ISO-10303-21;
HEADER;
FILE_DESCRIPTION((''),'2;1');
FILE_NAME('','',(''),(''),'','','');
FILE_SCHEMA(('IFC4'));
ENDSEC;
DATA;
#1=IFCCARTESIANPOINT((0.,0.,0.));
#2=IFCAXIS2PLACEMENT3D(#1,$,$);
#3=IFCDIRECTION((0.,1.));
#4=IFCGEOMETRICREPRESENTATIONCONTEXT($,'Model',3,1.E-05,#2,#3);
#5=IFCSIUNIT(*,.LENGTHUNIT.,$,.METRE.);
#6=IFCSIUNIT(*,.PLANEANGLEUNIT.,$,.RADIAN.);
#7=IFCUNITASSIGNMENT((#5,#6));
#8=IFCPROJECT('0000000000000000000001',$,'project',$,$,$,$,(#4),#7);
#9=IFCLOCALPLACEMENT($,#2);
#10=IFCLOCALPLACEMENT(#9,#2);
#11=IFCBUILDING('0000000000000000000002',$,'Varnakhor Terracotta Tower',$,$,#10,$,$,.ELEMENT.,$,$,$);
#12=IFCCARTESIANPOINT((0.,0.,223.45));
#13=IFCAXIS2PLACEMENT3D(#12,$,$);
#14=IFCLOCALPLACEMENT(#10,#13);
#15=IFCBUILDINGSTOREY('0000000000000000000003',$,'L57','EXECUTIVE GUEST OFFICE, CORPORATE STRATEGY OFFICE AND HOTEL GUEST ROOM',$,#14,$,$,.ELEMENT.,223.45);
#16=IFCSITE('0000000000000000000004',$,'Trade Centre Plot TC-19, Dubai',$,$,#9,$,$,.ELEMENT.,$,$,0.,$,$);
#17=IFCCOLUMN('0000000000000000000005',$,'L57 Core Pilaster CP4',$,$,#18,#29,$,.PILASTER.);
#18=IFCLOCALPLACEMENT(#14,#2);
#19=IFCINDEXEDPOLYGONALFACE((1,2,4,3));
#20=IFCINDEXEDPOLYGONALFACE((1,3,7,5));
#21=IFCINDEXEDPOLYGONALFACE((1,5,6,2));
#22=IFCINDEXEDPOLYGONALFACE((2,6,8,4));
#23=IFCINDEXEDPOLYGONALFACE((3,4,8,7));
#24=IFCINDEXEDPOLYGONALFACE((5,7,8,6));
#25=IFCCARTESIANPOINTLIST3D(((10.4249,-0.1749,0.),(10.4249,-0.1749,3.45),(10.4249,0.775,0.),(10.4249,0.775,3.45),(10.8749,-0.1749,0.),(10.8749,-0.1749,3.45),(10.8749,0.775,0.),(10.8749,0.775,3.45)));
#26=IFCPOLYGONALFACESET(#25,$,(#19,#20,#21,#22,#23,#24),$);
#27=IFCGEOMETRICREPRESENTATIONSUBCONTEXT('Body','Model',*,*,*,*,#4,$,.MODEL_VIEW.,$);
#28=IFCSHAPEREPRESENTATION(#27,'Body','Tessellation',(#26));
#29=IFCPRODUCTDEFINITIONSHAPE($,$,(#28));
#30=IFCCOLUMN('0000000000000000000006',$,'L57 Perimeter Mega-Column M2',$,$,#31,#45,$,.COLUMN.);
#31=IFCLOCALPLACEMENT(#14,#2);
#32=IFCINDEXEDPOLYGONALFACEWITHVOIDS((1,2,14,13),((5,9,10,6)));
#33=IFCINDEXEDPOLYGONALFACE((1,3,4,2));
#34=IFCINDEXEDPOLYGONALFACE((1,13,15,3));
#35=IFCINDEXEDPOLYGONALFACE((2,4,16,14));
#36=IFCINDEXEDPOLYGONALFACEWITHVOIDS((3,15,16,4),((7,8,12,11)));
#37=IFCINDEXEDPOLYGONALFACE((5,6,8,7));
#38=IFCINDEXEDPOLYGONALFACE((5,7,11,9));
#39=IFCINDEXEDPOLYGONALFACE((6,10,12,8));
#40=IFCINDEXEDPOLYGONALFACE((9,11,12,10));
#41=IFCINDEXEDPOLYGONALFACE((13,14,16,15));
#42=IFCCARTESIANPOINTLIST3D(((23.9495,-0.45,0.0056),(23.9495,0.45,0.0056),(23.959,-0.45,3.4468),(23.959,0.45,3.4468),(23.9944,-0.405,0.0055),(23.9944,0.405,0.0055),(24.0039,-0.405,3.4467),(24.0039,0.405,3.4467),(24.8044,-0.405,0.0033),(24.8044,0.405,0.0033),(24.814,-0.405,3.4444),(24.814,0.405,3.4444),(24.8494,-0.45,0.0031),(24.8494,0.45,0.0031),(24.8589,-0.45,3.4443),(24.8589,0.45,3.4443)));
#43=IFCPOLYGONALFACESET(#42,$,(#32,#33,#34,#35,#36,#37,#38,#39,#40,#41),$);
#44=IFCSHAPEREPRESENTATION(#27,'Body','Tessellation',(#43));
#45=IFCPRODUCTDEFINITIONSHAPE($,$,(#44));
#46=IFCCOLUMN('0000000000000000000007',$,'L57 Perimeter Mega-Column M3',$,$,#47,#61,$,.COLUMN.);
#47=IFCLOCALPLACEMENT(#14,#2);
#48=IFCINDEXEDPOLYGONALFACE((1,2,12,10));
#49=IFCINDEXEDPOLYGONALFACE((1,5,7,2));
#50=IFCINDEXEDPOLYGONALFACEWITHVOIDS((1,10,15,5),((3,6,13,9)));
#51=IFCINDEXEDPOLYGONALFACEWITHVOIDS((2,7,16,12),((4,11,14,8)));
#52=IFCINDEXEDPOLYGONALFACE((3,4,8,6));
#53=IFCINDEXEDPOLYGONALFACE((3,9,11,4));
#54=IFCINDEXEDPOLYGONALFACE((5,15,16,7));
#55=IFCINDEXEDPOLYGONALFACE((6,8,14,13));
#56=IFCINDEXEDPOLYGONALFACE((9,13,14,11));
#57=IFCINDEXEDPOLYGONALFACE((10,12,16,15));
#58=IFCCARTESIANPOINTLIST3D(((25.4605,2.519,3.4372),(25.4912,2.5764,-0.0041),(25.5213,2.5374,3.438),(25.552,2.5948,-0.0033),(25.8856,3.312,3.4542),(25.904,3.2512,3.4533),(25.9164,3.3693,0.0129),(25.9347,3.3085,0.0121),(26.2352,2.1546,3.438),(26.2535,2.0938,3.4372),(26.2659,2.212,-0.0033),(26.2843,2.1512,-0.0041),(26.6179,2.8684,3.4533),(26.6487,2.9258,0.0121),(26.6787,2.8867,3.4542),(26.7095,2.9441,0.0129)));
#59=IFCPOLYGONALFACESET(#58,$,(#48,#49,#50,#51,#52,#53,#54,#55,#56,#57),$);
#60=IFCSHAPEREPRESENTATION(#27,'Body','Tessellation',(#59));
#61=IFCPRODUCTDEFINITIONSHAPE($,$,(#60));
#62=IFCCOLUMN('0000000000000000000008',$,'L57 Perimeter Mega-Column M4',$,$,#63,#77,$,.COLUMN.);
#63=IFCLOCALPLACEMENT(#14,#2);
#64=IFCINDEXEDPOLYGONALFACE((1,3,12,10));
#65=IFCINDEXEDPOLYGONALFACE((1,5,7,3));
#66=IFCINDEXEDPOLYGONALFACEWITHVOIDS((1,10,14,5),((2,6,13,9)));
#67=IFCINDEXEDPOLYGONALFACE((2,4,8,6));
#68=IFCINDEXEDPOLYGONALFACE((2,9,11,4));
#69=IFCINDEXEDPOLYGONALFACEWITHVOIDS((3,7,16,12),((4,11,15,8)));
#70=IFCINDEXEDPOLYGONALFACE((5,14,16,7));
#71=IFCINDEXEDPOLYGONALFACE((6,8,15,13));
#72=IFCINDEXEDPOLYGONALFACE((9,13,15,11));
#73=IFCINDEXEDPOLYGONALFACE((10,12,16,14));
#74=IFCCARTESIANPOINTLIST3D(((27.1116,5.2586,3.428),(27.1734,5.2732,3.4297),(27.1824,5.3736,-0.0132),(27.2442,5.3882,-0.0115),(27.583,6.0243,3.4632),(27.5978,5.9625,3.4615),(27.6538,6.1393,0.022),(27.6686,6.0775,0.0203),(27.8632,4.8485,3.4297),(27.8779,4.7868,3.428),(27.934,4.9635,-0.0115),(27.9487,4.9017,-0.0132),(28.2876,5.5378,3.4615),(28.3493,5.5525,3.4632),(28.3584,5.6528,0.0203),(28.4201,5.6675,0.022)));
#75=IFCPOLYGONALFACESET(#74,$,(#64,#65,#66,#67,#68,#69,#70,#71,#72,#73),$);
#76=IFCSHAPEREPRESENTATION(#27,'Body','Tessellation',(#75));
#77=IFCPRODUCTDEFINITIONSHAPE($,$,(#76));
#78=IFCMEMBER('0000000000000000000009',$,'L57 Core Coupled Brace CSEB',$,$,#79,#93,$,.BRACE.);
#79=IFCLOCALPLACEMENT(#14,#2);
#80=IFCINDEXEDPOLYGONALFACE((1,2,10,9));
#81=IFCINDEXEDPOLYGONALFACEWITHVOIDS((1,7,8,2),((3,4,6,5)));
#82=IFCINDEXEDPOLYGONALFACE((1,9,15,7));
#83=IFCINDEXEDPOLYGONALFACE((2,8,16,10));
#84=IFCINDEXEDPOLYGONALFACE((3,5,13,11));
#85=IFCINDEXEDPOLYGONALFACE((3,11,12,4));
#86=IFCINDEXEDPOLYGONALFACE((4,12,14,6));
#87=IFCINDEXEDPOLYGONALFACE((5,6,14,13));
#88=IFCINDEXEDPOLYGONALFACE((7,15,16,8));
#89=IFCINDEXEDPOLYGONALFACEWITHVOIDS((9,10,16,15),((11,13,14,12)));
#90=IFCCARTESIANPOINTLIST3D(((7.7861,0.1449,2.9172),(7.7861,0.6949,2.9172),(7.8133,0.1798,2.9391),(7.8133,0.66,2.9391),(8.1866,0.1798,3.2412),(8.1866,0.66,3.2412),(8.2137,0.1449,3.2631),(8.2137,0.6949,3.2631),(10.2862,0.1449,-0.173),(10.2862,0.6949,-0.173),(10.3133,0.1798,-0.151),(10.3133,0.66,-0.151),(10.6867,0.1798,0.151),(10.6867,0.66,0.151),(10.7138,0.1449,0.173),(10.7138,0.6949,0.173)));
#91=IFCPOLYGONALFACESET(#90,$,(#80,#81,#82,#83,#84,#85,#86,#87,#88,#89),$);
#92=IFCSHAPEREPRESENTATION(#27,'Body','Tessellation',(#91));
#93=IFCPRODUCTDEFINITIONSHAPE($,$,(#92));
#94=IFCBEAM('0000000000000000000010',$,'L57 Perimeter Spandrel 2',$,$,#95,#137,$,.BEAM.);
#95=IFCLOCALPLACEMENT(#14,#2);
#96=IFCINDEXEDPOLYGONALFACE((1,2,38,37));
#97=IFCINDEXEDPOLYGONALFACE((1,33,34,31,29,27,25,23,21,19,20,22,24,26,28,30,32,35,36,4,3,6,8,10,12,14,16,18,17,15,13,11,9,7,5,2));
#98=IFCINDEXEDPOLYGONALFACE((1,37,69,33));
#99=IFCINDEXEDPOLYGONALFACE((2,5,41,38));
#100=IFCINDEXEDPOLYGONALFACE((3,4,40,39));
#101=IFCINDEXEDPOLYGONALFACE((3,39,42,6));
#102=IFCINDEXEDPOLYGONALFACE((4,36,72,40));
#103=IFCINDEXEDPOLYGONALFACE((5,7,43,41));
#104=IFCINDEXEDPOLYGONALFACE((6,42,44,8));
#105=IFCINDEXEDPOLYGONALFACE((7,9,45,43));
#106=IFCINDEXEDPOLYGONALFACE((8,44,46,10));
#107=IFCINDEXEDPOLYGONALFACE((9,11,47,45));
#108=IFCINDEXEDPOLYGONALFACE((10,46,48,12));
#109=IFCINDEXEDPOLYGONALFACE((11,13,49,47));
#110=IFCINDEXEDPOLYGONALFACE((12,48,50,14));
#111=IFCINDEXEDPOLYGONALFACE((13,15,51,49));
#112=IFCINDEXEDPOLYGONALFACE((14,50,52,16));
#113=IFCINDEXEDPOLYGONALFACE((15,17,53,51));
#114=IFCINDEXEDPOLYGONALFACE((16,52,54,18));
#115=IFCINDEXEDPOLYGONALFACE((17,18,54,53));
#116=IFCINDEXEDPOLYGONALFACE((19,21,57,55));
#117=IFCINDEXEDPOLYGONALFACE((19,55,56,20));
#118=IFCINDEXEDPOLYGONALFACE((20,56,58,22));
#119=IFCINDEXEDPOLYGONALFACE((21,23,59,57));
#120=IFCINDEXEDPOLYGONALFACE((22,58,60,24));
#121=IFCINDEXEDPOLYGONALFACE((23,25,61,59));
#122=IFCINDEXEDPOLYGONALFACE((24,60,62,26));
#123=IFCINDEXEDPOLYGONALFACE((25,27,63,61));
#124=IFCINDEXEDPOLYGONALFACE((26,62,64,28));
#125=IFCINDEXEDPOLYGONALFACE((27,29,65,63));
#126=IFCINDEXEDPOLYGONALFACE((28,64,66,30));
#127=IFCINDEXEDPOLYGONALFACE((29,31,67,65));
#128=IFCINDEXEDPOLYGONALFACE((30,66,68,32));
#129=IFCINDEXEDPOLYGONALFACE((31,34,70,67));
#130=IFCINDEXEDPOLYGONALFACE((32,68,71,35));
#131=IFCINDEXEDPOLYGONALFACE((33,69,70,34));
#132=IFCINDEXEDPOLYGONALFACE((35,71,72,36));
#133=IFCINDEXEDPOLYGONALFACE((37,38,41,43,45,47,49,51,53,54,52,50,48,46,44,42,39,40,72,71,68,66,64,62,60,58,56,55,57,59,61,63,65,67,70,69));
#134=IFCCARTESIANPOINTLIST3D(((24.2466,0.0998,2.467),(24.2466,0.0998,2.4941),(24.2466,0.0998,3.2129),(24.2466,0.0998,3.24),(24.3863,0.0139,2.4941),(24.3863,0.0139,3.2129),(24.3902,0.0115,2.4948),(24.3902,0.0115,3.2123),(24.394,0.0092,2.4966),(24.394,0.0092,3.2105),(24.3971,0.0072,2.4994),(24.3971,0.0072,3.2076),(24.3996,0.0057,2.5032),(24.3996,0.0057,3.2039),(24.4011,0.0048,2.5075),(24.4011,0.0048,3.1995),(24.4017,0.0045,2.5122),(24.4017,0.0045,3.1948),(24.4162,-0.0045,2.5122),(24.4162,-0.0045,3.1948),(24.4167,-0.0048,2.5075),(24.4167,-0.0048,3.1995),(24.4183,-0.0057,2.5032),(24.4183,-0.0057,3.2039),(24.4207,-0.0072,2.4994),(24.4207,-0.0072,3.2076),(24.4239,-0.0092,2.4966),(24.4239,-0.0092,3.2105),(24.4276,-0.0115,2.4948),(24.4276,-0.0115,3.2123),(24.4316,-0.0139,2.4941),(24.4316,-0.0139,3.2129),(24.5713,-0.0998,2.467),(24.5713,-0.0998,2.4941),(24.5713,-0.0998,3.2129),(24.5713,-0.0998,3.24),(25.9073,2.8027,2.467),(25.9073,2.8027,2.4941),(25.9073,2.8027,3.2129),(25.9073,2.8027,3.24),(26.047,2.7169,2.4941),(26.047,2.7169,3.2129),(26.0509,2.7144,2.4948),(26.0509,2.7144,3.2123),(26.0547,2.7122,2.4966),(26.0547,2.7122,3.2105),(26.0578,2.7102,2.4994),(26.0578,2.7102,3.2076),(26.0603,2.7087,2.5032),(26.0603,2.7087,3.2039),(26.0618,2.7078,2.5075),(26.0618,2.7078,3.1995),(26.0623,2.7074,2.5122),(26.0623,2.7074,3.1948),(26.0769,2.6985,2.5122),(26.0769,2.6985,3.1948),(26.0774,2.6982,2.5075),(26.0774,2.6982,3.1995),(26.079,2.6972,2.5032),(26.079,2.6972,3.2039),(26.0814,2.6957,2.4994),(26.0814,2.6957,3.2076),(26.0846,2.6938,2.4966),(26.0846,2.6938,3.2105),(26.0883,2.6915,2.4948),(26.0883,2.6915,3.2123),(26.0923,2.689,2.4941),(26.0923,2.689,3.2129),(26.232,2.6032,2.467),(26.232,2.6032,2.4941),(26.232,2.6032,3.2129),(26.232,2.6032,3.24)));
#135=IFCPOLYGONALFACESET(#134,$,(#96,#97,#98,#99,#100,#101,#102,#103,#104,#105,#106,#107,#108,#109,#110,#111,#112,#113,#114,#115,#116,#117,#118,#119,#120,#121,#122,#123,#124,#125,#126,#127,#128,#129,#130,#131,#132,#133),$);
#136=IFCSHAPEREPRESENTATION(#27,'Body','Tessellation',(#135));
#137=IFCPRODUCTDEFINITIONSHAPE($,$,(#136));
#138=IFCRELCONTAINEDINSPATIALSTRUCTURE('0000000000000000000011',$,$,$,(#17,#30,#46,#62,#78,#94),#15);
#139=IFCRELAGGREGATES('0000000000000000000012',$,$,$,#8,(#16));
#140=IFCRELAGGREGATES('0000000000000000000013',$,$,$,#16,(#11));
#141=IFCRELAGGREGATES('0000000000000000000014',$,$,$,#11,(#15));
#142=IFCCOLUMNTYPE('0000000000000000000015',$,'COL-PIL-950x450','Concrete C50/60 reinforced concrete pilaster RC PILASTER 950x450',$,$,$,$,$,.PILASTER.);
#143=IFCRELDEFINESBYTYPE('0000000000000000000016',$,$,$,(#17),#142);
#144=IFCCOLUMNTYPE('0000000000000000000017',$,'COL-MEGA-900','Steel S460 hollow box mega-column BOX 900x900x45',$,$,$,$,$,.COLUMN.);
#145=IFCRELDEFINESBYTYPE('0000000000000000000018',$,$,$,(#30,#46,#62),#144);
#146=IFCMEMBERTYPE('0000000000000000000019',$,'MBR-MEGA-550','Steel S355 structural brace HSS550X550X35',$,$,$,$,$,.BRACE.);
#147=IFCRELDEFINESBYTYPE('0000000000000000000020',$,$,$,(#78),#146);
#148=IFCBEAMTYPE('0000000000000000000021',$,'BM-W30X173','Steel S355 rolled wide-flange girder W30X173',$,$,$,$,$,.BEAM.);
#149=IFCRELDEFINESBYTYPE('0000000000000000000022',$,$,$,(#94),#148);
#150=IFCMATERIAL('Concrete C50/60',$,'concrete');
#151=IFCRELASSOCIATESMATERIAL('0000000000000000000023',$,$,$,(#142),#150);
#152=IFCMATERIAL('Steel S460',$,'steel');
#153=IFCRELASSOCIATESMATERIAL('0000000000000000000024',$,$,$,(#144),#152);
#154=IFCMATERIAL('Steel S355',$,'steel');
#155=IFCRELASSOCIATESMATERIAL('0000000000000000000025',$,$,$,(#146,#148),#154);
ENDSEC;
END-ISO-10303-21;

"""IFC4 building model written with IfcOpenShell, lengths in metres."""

from ifc_helpers import new_model, si_unit, direction, frame, origin, origin_2d, place, context, subcontext, project, spatial, rectangle, hollow_rectangle, i_section, extrude, source, transform, mapped, material, material_profile, profile_set, type_object, element, save


model = new_model("IFC4")

# Units and contexts
model_context = context("Model", 3, precision=1e-05, world=origin(), true_north=direction((0.0, 1.0)))
body_context = subcontext(model_context, "Body", "Model", "MODEL_VIEW")
ifc_project = project(units=[si_unit("LENGTHUNIT", "METRE"), si_unit("PLANEANGLEUNIT", "RADIAN")], contexts=[model_context])

# Site, building, storey
site_placement = place(None, origin())
site = spatial("IfcSite", under=ifc_project, at=site_placement, Name="Trade Centre Plot TC-19, Dubai", CompositionType="ELEMENT", RefElevation=0.0)
building_placement = place(site_placement, origin())
building = spatial("IfcBuilding", under=site, at=building_placement, Name="Varnakhor Terracotta Tower", CompositionType="ELEMENT")
storey_placement = place(building_placement, frame((0.0, 0.0, 223.45)))
storey = spatial("IfcBuildingStorey", under=building, at=storey_placement, Name="L57", Description="EXECUTIVE GUEST OFFICE, CORPORATE STRATEGY OFFICE AND HOTEL GUEST ROOM", CompositionType="ELEMENT", Elevation=223.45)

# Columns
ifc_material_1 = material(Name="Concrete C50/60", Category="concrete")
ifc_material_profile_1 = material_profile(ifc_material_1, rectangle(XDim=0.45, YDim=0.95, at=origin_2d()), Name="RC PILASTER 950x450")
ifc_profile_set_1 = profile_set([ifc_material_profile_1], Name="Concrete C50/60")
column_type_1 = type_object("IfcColumnType", Name="COL-PIL-950x450", Description="Concrete C50/60 reinforced concrete pilaster RC PILASTER 950x450", PredefinedType="PILASTER", material=ifc_profile_set_1)
shared_shape_1 = source(origin(), body_context, "Body", "SweptSolid", [
    extrude(rectangle(XDim=0.45, YDim=0.95, at=origin_2d()), origin(), (0.0, 0.0, 1.0), 3.45),
])
column_1_placement = place(storey_placement, frame((10.6499, 0.3, 0.0), z_axis=(0.0, 0.0, 1.0), x_axis=(1.0, 0.0, 0.0)))
element("IfcColumn", 1, at=column_1_placement, inside=storey, type_object=column_type_1, Name="L57 Core Pilaster CP4", PredefinedType="PILASTER", context=body_context, shape_type="MappedRepresentation", body=[
    mapped(shared_shape_1, transform((0.0, 0.0, 0.0), scale=1.0)),
])
ifc_material_2 = material(Name="Steel S460", Category="steel")
ifc_material_profile_2 = material_profile(ifc_material_2, hollow_rectangle(XDim=0.8999, YDim=0.8999, WallThickness=0.0449, at=origin_2d()), Name="BOX 900x900x45")
ifc_profile_set_2 = profile_set([ifc_material_profile_2], Name="Steel S460")
column_type_2 = type_object("IfcColumnType", Name="COL-MEGA-900", Description="Steel S460 hollow box mega-column BOX 900x900x45", PredefinedType="COLUMN", material=ifc_profile_set_2)
shared_shape_2 = source(origin(), body_context, "Body", "SweptSolid", [
    extrude(hollow_rectangle(XDim=0.8999, YDim=0.8999, WallThickness=0.0449, at=origin_2d()), origin(), (0.0, 0.0, 1.0), 3.4412),
])
column_2_placement = place(storey_placement, frame((24.3994, 0.0, 0.0044), z_axis=(0.002767, 0.0, 0.999996), x_axis=(0.0, 1.0, 0.0)))
element("IfcColumn", 2, at=column_2_placement, inside=storey, type_object=column_type_2, Name="L57 Perimeter Mega-Column M2", PredefinedType="COLUMN", context=body_context, shape_type="MappedRepresentation", body=[
    mapped(shared_shape_2, transform((0.0, 0.0, 0.0), scale=1.0)),
])
shared_shape_3 = source(origin(), body_context, "Body", "SweptSolid", [
    extrude(hollow_rectangle(XDim=0.8999, YDim=0.8999, WallThickness=0.0449, at=origin_2d()), origin(), (0.0, 0.0, 1.0), 3.4419),
])
column_3_placement = place(storey_placement, frame((26.1003, 2.7603, 0.0044), z_axis=(-0.008938, -0.01667, 0.999821), x_axis=(0.881313, -0.472534, 0.0)))
element("IfcColumn", 3, at=column_3_placement, inside=storey, type_object=column_type_2, Name="L57 Perimeter Mega-Column M3", PredefinedType="COLUMN", context=body_context, shape_type="MappedRepresentation", body=[
    mapped(shared_shape_3, transform((0.0, 0.0, 0.0), scale=1.0)),
])
shared_shape_4 = source(origin(), body_context, "Body", "SweptSolid", [
    extrude(hollow_rectangle(XDim=0.8999, YDim=0.8999, WallThickness=0.0449, at=origin_2d()), origin(), (0.0, 0.0, 1.0), 3.4438),
])
column_4_placement = place(storey_placement, frame((27.8013, 5.5205, 0.0044), z_axis=(-0.020559, -0.03339, 0.999231), x_axis=(0.851534, -0.524299, 0.0)))
element("IfcColumn", 4, at=column_4_placement, inside=storey, type_object=column_type_2, Name="L57 Perimeter Mega-Column M4", PredefinedType="COLUMN", context=body_context, shape_type="MappedRepresentation", body=[
    mapped(shared_shape_4, transform((0.0, 0.0, 0.0), scale=1.0)),
])

# Member
ifc_material_3 = material(Name="Steel S355", Category="steel")
ifc_material_profile_3 = material_profile(ifc_material_3, hollow_rectangle(XDim=0.55, YDim=0.55, WallThickness=0.0349, at=origin_2d()), Name="HSS550X550X35")
ifc_profile_set_3 = profile_set([ifc_material_profile_3], Name="Steel S355")
member_type_1 = type_object("IfcMemberType", Name="MBR-MEGA-550", Description="Steel S355 structural brace HSS550X550X35", PredefinedType="BRACE", material=ifc_profile_set_3)
shared_shape_5 = source(origin(), body_context, "Body", "SweptSolid", [
    extrude(hollow_rectangle(XDim=0.55, YDim=0.55, WallThickness=0.0349, at=origin_2d()), origin(), (0.0, 0.0, 1.0), 3.9749),
])
member_1_placement = place(storey_placement, frame((10.5, 0.4199, 0.0), z_axis=(-0.62897, 0.0, 0.777429), x_axis=(0.0, -1.0, 0.0)))
element("IfcMember", 5, at=member_1_placement, inside=storey, type_object=member_type_1, Name="L57 Core Coupled Brace CSEB", PredefinedType="BRACE", context=body_context, shape_type="MappedRepresentation", body=[
    mapped(shared_shape_5, transform((0.0, 0.0, 0.0), scale=1.0)),
])

# Beam
ifc_material_profile_4 = material_profile(ifc_material_3, i_section(OverallWidth=0.3811, OverallDepth=0.7729, WebThickness=0.0171, FlangeThickness=0.0271, FilletRadius=0.0181, at=origin_2d()), Name="W30X173")
ifc_profile_set_4 = profile_set([ifc_material_profile_4], Name="Steel S355")
beam_type_1 = type_object("IfcBeamType", Name="BM-W30X173", Description="Steel S355 rolled wide-flange girder W30X173", PredefinedType="BEAM", material=ifc_profile_set_4)
shared_shape_6 = source(origin(), body_context, "Body", "SweptSolid", [
    extrude(i_section(OverallWidth=0.3811, OverallDepth=0.7729, WebThickness=0.0171, FlangeThickness=0.0271, FilletRadius=0.0181, at=origin_2d()), origin(), (0.0, 0.0, 1.0), 3.1724),
])
beam_1_placement = place(storey_placement, frame((24.4089, 0.0, 2.8535), z_axis=(0.523488, 0.852033, 0.0), x_axis=(-0.852033, 0.523488, 0.0)))
element("IfcBeam", 6, at=beam_1_placement, inside=storey, type_object=beam_type_1, Name="L57 Perimeter Spandrel 2", PredefinedType="BEAM", context=body_context, shape_type="MappedRepresentation", body=[
    mapped(shared_shape_6, transform((0.0, 0.0, 0.0), scale=1.0)),
])

save(model, "model.ifc")
